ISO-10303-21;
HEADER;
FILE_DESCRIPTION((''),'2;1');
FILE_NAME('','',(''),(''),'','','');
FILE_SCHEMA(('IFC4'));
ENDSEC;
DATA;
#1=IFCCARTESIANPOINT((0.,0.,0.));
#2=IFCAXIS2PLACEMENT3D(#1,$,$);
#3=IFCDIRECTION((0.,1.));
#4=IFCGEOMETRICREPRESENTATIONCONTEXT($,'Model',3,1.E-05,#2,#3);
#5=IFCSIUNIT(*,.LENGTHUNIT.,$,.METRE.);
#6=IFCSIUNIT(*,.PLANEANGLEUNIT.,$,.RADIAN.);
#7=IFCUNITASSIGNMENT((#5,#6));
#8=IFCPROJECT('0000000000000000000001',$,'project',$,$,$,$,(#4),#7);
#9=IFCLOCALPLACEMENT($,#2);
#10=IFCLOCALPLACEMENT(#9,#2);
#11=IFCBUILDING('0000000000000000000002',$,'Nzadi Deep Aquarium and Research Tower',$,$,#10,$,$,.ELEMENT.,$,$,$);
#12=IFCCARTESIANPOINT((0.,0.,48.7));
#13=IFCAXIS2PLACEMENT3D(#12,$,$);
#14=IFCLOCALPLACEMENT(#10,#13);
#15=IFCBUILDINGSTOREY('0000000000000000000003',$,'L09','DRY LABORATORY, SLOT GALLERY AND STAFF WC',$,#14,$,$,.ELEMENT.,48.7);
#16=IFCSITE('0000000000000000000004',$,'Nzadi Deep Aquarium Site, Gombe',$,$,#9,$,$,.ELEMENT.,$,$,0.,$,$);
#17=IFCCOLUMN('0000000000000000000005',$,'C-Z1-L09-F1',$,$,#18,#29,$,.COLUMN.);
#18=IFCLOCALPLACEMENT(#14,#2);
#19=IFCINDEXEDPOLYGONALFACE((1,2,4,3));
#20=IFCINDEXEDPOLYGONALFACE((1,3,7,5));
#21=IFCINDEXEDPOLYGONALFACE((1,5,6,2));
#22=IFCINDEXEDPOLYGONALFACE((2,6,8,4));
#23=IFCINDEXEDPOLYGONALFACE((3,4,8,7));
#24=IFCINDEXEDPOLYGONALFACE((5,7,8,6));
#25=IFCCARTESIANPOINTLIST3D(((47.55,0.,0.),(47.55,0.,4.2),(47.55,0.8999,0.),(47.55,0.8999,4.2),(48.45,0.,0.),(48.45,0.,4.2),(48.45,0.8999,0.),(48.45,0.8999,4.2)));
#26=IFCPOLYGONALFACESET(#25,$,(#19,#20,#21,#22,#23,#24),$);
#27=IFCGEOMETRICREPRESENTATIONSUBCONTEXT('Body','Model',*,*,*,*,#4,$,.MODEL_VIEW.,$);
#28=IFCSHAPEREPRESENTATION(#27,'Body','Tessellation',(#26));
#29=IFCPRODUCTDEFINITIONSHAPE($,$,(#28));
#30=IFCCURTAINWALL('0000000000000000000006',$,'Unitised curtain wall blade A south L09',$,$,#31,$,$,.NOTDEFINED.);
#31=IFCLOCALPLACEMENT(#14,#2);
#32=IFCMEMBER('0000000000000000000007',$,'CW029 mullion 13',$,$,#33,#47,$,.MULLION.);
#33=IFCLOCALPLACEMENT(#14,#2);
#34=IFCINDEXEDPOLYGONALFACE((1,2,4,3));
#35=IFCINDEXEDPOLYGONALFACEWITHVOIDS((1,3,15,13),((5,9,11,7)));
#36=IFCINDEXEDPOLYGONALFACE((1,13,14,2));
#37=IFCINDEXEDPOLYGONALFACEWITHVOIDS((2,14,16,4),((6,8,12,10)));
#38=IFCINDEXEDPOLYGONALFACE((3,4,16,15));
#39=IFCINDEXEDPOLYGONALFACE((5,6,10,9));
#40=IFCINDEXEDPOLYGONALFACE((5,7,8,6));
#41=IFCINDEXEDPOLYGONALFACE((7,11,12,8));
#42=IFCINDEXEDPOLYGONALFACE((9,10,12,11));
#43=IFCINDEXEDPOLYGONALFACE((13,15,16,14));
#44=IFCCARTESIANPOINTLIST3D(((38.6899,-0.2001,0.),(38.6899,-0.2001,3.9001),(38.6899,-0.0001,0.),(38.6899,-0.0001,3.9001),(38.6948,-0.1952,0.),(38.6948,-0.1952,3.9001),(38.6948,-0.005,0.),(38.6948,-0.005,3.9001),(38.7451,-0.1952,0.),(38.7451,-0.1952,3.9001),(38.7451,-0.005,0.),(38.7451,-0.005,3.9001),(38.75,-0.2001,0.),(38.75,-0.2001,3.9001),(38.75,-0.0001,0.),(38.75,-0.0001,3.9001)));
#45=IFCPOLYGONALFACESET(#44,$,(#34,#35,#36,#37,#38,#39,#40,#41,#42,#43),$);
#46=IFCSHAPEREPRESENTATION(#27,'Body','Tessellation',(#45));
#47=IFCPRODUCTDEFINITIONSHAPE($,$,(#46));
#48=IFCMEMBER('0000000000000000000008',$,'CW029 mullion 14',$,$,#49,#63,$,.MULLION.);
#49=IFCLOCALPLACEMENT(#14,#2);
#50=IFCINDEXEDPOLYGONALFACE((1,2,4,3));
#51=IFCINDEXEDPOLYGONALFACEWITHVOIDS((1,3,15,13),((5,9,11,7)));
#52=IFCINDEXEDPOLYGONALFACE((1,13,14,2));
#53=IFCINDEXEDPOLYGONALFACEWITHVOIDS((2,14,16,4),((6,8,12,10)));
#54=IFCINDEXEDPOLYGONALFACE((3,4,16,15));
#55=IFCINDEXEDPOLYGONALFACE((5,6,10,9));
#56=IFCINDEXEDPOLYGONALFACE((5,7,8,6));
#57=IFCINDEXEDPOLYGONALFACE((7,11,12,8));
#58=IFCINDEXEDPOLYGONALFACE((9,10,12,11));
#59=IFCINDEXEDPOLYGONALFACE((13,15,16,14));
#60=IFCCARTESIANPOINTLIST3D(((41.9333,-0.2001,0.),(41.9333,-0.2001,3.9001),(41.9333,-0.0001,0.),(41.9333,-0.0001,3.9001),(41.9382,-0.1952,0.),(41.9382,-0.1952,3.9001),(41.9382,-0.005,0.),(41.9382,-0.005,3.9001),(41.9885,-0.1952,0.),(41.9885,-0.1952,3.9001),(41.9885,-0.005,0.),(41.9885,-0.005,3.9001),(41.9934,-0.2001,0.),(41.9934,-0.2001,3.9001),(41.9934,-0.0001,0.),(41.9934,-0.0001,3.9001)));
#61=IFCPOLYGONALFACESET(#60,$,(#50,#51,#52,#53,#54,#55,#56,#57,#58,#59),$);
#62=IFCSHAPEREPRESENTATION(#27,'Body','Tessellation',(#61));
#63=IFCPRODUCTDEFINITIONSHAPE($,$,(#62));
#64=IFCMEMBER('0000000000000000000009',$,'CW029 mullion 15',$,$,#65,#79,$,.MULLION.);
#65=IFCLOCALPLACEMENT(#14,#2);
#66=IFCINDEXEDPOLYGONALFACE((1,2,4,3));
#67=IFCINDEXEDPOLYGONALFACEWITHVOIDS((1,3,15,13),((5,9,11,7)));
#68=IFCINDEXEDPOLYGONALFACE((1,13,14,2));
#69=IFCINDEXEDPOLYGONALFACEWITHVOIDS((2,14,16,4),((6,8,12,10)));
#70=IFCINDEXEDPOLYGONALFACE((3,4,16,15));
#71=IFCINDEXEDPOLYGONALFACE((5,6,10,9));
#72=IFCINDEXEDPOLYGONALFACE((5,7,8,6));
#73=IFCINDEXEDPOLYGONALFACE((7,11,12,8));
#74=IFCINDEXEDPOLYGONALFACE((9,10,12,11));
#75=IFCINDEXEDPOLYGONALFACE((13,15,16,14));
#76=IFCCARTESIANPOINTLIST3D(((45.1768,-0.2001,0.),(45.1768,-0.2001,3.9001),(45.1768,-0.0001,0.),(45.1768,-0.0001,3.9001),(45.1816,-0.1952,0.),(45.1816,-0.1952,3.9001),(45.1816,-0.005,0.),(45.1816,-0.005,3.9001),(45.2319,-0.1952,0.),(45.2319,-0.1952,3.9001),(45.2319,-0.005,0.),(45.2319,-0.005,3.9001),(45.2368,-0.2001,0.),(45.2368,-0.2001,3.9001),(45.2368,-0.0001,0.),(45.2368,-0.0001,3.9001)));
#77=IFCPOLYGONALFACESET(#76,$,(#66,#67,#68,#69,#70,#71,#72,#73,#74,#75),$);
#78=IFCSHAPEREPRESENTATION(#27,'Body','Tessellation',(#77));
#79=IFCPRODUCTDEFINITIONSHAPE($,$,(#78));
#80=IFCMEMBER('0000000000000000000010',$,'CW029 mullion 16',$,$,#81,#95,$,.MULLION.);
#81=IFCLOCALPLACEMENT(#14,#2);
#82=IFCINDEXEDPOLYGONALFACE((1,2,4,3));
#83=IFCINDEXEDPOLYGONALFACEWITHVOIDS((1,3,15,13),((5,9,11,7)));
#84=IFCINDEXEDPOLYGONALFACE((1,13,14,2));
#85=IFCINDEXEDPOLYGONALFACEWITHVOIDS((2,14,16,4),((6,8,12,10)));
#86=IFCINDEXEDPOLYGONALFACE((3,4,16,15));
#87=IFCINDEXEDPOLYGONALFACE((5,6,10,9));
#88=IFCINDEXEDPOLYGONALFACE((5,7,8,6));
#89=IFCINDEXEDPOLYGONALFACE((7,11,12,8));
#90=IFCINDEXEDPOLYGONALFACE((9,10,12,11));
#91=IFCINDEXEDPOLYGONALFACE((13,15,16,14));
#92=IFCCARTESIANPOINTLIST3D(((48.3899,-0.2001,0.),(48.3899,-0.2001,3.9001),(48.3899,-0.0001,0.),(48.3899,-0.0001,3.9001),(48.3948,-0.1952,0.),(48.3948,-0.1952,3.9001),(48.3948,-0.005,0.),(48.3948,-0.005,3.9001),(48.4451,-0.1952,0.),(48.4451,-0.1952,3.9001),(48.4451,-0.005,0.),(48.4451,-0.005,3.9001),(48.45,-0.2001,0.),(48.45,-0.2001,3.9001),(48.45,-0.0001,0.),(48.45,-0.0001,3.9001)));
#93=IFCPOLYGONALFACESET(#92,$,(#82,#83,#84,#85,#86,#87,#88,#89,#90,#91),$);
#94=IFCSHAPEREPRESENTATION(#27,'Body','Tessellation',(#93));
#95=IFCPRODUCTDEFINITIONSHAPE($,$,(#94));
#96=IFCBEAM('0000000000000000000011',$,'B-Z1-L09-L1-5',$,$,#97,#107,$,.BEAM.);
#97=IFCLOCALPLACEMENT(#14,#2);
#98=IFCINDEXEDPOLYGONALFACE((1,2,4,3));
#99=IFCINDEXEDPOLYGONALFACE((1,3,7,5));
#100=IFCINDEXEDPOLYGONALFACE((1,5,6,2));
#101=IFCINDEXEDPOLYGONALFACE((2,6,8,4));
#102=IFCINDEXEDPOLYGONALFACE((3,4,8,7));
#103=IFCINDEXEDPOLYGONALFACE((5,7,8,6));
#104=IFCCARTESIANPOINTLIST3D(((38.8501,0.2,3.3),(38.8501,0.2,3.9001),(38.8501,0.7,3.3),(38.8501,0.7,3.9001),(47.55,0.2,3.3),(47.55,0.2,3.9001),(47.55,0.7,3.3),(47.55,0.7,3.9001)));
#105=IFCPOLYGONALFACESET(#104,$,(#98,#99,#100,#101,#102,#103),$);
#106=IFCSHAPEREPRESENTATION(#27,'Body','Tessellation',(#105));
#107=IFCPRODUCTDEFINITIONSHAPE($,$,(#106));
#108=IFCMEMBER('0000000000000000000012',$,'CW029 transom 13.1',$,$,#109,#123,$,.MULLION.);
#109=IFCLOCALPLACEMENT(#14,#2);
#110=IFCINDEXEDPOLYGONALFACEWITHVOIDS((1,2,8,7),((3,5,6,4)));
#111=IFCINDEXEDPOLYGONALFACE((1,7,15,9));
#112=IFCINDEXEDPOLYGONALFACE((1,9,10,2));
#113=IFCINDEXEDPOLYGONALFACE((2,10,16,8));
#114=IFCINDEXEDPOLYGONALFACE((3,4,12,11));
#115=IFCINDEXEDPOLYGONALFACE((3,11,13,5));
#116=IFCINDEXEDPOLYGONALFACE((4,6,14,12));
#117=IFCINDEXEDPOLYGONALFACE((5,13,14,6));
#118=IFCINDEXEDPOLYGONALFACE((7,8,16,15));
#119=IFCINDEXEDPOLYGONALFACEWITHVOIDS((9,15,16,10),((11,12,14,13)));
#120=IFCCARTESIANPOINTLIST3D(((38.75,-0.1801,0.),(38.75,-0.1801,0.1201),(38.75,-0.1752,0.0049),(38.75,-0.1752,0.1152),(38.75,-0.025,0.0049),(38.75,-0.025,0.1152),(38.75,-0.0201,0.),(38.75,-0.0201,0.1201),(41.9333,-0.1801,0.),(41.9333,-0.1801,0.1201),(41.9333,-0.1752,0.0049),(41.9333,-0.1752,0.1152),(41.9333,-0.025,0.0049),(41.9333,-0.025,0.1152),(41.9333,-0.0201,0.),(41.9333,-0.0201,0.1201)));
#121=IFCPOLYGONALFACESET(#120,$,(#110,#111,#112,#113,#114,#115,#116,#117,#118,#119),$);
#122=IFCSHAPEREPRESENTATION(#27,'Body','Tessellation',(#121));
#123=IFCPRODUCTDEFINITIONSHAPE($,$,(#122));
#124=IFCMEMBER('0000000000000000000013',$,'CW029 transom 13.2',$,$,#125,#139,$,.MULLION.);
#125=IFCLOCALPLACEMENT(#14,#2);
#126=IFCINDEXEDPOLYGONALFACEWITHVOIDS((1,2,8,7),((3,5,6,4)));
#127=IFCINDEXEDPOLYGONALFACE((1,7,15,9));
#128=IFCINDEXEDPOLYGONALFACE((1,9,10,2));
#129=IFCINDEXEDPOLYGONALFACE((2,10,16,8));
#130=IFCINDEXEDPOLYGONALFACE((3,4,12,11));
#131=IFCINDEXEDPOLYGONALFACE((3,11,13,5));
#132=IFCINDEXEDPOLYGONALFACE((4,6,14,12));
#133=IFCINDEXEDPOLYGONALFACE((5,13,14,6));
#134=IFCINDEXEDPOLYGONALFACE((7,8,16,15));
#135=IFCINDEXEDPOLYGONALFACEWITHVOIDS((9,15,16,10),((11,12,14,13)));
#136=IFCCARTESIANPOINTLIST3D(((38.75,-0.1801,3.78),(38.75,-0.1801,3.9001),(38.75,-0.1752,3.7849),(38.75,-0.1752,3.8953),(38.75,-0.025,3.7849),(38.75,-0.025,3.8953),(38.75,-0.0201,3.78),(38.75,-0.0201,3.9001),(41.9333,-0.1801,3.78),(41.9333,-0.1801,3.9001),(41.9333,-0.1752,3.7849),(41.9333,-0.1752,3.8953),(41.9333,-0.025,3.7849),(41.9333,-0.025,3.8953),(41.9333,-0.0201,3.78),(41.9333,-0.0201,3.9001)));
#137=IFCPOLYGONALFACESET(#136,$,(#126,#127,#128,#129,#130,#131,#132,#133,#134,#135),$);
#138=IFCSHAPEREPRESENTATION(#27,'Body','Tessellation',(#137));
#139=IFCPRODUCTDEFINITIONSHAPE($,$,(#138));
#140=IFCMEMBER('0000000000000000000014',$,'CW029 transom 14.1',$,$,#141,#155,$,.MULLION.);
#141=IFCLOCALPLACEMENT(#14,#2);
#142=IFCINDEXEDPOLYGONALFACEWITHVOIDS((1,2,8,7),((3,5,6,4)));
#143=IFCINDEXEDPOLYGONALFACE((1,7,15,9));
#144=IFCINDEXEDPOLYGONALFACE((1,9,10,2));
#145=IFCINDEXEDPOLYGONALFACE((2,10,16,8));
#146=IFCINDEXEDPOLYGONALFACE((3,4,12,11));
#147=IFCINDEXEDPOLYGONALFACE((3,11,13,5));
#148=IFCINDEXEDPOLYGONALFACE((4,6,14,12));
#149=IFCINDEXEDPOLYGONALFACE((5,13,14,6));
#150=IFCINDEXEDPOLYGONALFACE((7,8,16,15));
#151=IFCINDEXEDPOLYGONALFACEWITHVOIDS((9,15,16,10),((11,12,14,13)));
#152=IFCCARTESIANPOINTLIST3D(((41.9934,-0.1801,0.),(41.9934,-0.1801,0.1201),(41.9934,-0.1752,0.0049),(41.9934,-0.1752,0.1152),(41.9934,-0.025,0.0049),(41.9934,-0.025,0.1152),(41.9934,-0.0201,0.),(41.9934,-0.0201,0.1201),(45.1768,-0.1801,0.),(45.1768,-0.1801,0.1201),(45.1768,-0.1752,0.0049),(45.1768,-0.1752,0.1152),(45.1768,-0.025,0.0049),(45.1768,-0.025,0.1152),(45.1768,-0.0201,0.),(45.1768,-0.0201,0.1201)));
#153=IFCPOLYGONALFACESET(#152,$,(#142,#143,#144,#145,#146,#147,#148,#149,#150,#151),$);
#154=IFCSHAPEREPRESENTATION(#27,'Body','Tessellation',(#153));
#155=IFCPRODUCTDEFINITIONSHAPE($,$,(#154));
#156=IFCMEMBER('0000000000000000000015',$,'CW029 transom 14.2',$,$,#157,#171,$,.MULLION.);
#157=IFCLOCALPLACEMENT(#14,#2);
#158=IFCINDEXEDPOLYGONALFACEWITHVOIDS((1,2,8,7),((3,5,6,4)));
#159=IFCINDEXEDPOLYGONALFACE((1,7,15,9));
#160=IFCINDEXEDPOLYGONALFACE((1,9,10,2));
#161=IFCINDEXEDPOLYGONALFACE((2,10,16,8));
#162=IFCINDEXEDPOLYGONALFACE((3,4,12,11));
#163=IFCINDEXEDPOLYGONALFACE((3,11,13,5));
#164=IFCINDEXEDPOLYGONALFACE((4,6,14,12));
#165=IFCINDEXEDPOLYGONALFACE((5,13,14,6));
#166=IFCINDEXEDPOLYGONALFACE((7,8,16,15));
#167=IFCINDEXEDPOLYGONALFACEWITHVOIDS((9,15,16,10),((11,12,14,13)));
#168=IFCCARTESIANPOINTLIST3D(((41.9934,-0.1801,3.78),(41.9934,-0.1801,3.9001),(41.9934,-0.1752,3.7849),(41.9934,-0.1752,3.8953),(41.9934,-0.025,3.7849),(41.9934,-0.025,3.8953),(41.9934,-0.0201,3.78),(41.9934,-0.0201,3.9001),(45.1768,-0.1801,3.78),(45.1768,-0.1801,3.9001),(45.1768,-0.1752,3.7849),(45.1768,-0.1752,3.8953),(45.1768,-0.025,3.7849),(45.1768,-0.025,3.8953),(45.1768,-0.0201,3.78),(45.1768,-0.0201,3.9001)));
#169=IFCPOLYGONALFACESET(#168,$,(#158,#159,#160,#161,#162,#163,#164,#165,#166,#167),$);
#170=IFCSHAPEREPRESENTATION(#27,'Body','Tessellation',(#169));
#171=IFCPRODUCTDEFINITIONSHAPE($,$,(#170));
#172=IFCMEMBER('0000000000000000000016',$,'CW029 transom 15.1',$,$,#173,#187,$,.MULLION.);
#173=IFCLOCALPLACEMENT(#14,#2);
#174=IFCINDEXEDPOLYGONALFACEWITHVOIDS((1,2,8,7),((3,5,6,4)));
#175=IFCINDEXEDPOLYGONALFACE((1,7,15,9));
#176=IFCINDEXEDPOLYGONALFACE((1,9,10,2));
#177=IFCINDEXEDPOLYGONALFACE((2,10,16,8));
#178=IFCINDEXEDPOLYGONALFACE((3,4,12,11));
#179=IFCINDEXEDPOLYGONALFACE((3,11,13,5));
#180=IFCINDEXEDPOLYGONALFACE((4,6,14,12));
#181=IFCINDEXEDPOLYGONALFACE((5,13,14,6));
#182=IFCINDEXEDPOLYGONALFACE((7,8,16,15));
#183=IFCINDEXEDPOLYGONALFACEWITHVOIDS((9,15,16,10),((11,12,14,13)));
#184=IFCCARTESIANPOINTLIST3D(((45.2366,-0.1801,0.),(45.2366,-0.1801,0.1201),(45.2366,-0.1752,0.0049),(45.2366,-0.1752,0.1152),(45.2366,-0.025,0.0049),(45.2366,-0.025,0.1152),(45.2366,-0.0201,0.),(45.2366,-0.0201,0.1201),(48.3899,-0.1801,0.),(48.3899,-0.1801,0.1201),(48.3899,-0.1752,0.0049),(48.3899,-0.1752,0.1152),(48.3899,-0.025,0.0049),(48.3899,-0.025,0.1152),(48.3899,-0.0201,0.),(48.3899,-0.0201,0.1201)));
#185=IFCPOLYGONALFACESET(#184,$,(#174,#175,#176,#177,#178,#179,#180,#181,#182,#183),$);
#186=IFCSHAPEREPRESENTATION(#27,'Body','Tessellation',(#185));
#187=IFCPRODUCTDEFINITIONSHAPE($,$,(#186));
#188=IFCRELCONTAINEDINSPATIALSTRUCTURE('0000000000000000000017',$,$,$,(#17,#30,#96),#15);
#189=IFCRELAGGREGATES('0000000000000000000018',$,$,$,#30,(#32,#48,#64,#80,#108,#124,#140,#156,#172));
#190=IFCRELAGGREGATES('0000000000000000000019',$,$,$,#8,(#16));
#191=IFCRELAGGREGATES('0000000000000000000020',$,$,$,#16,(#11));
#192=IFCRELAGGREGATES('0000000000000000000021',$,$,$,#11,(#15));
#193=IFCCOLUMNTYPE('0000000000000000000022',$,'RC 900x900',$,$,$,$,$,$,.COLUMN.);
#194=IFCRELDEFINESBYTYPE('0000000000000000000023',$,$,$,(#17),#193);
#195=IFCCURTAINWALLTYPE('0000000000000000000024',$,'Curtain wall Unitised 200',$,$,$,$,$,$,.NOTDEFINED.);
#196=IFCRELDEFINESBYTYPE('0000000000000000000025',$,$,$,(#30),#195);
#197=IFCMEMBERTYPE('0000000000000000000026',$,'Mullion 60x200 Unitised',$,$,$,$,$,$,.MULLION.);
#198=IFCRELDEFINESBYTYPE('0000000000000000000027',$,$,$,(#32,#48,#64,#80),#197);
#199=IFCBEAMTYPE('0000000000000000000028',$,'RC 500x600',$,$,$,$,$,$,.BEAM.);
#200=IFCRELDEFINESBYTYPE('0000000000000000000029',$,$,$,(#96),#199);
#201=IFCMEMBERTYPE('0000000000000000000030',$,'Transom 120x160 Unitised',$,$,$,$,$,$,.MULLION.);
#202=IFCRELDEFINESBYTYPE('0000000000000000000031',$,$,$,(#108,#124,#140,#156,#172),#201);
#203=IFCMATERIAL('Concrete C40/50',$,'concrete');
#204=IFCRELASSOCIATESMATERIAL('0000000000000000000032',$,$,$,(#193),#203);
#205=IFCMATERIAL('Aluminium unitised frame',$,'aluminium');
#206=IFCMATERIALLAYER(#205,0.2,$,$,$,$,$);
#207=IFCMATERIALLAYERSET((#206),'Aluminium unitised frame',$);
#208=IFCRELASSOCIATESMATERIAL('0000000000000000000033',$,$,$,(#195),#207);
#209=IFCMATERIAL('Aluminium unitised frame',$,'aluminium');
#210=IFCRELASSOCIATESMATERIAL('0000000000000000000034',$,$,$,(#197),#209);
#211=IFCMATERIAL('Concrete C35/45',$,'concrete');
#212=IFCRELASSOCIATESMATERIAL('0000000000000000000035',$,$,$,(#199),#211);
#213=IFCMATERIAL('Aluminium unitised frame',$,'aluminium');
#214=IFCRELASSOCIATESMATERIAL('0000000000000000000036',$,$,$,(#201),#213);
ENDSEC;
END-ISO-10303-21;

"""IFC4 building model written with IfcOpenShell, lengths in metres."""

from ifc_helpers import new_model, si_unit, direction, frame, origin, origin_2d, place, context, subcontext, project, spatial, rectangle, hollow_rectangle, extrude, material, layer, layer_set, material_profile, profile_set, type_object, element, aggregate, save


model = new_model("IFC4")

# Units and contexts
model_context = context("Model", 3, precision=1e-05, world=origin(), true_north=direction((0.0, 1.0)))
body_context = subcontext(model_context, "Body", "Model", "MODEL_VIEW")
ifc_project = project(units=[si_unit("LENGTHUNIT", "METRE"), si_unit("PLANEANGLEUNIT", "RADIAN")], contexts=[model_context])

# Site, building, storey
site_placement = place(None, origin())
site = spatial("IfcSite", under=ifc_project, at=site_placement, Name="Nzadi Deep Aquarium Site, Gombe", CompositionType="ELEMENT", RefElevation=0.0)
building_placement = place(site_placement, origin())
building = spatial("IfcBuilding", under=site, at=building_placement, Name="Nzadi Deep Aquarium and Research Tower", CompositionType="ELEMENT")
storey_placement = place(building_placement, frame((0.0, 0.0, 48.7)))
storey = spatial("IfcBuildingStorey", under=building, at=storey_placement, Name="L09", Description="DRY LABORATORY, SLOT GALLERY AND STAFF WC", CompositionType="ELEMENT", Elevation=48.7)

# Column
ifc_material_1 = material(Name="Concrete C40/50", Category="concrete")
ifc_material_profile_1 = material_profile(ifc_material_1, rectangle(XDim=0.8999, YDim=0.8999, at=origin_2d()))
ifc_profile_set_1 = profile_set([ifc_material_profile_1], Name="Concrete C40/50")
column_type = type_object("IfcColumnType", Name="RC 900x900", PredefinedType="COLUMN", material=ifc_profile_set_1)
column_placement = place(storey_placement, frame((48.0, 0.45, 0.0), z_axis=(0.0, 0.0, 1.0), x_axis=(1.0, 0.0, 0.0)))
element("IfcColumn", 1, at=column_placement, inside=storey, type_object=column_type, Name="C-Z1-L09-F1", PredefinedType="COLUMN", context=body_context, shape_type="SweptSolid", body=[
    extrude(rectangle(XDim=0.8999, YDim=0.8999, at=origin_2d()), origin(), (0.0, 0.0, 1.0), 4.2),
])

# Curtain wall, members
ifc_material_2 = material(Name="Aluminium unitised frame", Category="aluminium")
ifc_layer_1 = layer(ifc_material_2, 0.2)
ifc_layer_set_1 = layer_set([ifc_layer_1], Name="Aluminium unitised frame")
curtain_wall_type = type_object("IfcCurtainWallType", Name="Curtain wall Unitised 200", PredefinedType="NOTDEFINED", material=ifc_layer_set_1)
curtain_wall_placement = place(storey_placement, origin())
curtain_wall = element("IfcCurtainWall", 2, at=curtain_wall_placement, inside=storey, type_object=curtain_wall_type, Name="Unitised curtain wall blade A south L09", PredefinedType="NOTDEFINED")
ifc_material_3 = material(Name="Aluminium unitised frame", Category="aluminium")
ifc_material_profile_2 = material_profile(ifc_material_3, hollow_rectangle(XDim=0.2, YDim=0.0601, WallThickness=0.0049, at=origin_2d()))
ifc_profile_set_2 = profile_set([ifc_material_profile_2], Name="Aluminium unitised frame")
member_type_1 = type_object("IfcMemberType", Name="Mullion 60x200 Unitised", PredefinedType="MULLION", material=ifc_profile_set_2)
member_1_placement = place(storey_placement, frame((38.72, -0.1001, 0.0), z_axis=(0.0, 0.0, 1.0), x_axis=(0.0, 1.0, 0.0)))
member_1 = element("IfcMember", 3, at=member_1_placement, type_object=member_type_1, Name="CW029 mullion 13", PredefinedType="MULLION", context=body_context, shape_type="SweptSolid", body=[
    extrude(hollow_rectangle(XDim=0.2, YDim=0.0601, WallThickness=0.0049, at=origin_2d()), origin(), (0.0, 0.0, 1.0), 3.9001),
])
member_2_placement = place(storey_placement, frame((41.9634, -0.1001, 0.0), z_axis=(0.0, 0.0, 1.0), x_axis=(0.0, 1.0, 0.0)))
member_2 = element("IfcMember", 4, at=member_2_placement, type_object=member_type_1, Name="CW029 mullion 14", PredefinedType="MULLION", context=body_context, shape_type="SweptSolid", body=[
    extrude(hollow_rectangle(XDim=0.2, YDim=0.0601, WallThickness=0.0049, at=origin_2d()), origin(), (0.0, 0.0, 1.0), 3.9001),
])
member_3_placement = place(storey_placement, frame((45.2068, -0.1001, 0.0), z_axis=(0.0, 0.0, 1.0), x_axis=(0.0, 1.0, 0.0)))
member_3 = element("IfcMember", 5, at=member_3_placement, type_object=member_type_1, Name="CW029 mullion 15", PredefinedType="MULLION", context=body_context, shape_type="SweptSolid", body=[
    extrude(hollow_rectangle(XDim=0.2, YDim=0.0601, WallThickness=0.0049, at=origin_2d()), origin(), (0.0, 0.0, 1.0), 3.9001),
])
member_4_placement = place(storey_placement, frame((48.4199, -0.1001, 0.0), z_axis=(0.0, 0.0, 1.0), x_axis=(0.0, 1.0, 0.0)))
member_4 = element("IfcMember", 6, at=member_4_placement, type_object=member_type_1, Name="CW029 mullion 16", PredefinedType="MULLION", context=body_context, shape_type="SweptSolid", body=[
    extrude(hollow_rectangle(XDim=0.2, YDim=0.0601, WallThickness=0.0049, at=origin_2d()), origin(), (0.0, 0.0, 1.0), 3.9001),
])

# Beam
ifc_material_4 = material(Name="Concrete C35/45", Category="concrete")
ifc_material_profile_3 = material_profile(ifc_material_4, rectangle(XDim=0.5, YDim=0.6001, at=origin_2d()))
ifc_profile_set_3 = profile_set([ifc_material_profile_3], Name="Concrete C35/45")
beam_type = type_object("IfcBeamType", Name="RC 500x600", PredefinedType="BEAM", material=ifc_profile_set_3)
beam_placement = place(storey_placement, frame((38.8501, 0.45, 3.6001), z_axis=(1.0, 0.0, 0.0), x_axis=(0.0, 1.0, 0.0)))
element("IfcBeam", 7, at=beam_placement, inside=storey, type_object=beam_type, Name="B-Z1-L09-L1-5", PredefinedType="BEAM", context=body_context, shape_type="SweptSolid", body=[
    extrude(rectangle(XDim=0.5, YDim=0.6001, at=origin_2d()), origin(), (0.0, 0.0, 1.0), 8.7),
])

# Members
ifc_material_5 = material(Name="Aluminium unitised frame", Category="aluminium")
ifc_material_profile_4 = material_profile(ifc_material_5, hollow_rectangle(XDim=0.1599, YDim=0.1201, WallThickness=0.0049, at=origin_2d()))
ifc_profile_set_4 = profile_set([ifc_material_profile_4], Name="Aluminium unitised frame")
member_type_2 = type_object("IfcMemberType", Name="Transom 120x160 Unitised", PredefinedType="MULLION", material=ifc_profile_set_4)
member_5_placement = place(storey_placement, frame((38.75, -0.1001, 0.0601), z_axis=(1.0, 0.0, 0.0), x_axis=(0.0, 1.0, 0.0)))
member_5 = element("IfcMember", 8, at=member_5_placement, type_object=member_type_2, Name="CW029 transom 13.1", PredefinedType="MULLION", context=body_context, shape_type="SweptSolid", body=[
    extrude(hollow_rectangle(XDim=0.1599, YDim=0.1201, WallThickness=0.0049, at=origin_2d()), origin(), (0.0, 0.0, 1.0), 3.1833),
])
member_6_placement = place(storey_placement, frame((38.75, -0.1001, 3.8401), z_axis=(1.0, 0.0, 0.0), x_axis=(0.0, 1.0, 0.0)))
member_6 = element("IfcMember", 9, at=member_6_placement, type_object=member_type_2, Name="CW029 transom 13.2", PredefinedType="MULLION", context=body_context, shape_type="SweptSolid", body=[
    extrude(hollow_rectangle(XDim=0.1599, YDim=0.1201, WallThickness=0.0049, at=origin_2d()), origin(), (0.0, 0.0, 1.0), 3.1833),
])
member_7_placement = place(storey_placement, frame((41.9934, -0.1001, 0.0601), z_axis=(1.0, 0.0, 0.0), x_axis=(0.0, 1.0, 0.0)))
member_7 = element("IfcMember", 10, at=member_7_placement, type_object=member_type_2, Name="CW029 transom 14.1", PredefinedType="MULLION", context=body_context, shape_type="SweptSolid", body=[
    extrude(hollow_rectangle(XDim=0.1599, YDim=0.1201, WallThickness=0.0049, at=origin_2d()), origin(), (0.0, 0.0, 1.0), 3.1833),
])
member_8_placement = place(storey_placement, frame((41.9934, -0.1001, 3.8401), z_axis=(1.0, 0.0, 0.0), x_axis=(0.0, 1.0, 0.0)))
member_8 = element("IfcMember", 11, at=member_8_placement, type_object=member_type_2, Name="CW029 transom 14.2", PredefinedType="MULLION", context=body_context, shape_type="SweptSolid", body=[
    extrude(hollow_rectangle(XDim=0.1599, YDim=0.1201, WallThickness=0.0049, at=origin_2d()), origin(), (0.0, 0.0, 1.0), 3.1833),
])
member_9_placement = place(storey_placement, frame((45.2366, -0.1001, 0.0601), z_axis=(1.0, 0.0, 0.0), x_axis=(0.0, 1.0, 0.0)))
member_9 = element("IfcMember", 12, at=member_9_placement, type_object=member_type_2, Name="CW029 transom 15.1", PredefinedType="MULLION", context=body_context, shape_type="SweptSolid", body=[
    extrude(hollow_rectangle(XDim=0.1599, YDim=0.1201, WallThickness=0.0049, at=origin_2d()), origin(), (0.0, 0.0, 1.0), 3.1533),
])

aggregate(curtain_wall, [member_1, member_2, member_3, member_4, member_5, member_6, member_7, member_8, member_9])

save(model, "model.ifc")
